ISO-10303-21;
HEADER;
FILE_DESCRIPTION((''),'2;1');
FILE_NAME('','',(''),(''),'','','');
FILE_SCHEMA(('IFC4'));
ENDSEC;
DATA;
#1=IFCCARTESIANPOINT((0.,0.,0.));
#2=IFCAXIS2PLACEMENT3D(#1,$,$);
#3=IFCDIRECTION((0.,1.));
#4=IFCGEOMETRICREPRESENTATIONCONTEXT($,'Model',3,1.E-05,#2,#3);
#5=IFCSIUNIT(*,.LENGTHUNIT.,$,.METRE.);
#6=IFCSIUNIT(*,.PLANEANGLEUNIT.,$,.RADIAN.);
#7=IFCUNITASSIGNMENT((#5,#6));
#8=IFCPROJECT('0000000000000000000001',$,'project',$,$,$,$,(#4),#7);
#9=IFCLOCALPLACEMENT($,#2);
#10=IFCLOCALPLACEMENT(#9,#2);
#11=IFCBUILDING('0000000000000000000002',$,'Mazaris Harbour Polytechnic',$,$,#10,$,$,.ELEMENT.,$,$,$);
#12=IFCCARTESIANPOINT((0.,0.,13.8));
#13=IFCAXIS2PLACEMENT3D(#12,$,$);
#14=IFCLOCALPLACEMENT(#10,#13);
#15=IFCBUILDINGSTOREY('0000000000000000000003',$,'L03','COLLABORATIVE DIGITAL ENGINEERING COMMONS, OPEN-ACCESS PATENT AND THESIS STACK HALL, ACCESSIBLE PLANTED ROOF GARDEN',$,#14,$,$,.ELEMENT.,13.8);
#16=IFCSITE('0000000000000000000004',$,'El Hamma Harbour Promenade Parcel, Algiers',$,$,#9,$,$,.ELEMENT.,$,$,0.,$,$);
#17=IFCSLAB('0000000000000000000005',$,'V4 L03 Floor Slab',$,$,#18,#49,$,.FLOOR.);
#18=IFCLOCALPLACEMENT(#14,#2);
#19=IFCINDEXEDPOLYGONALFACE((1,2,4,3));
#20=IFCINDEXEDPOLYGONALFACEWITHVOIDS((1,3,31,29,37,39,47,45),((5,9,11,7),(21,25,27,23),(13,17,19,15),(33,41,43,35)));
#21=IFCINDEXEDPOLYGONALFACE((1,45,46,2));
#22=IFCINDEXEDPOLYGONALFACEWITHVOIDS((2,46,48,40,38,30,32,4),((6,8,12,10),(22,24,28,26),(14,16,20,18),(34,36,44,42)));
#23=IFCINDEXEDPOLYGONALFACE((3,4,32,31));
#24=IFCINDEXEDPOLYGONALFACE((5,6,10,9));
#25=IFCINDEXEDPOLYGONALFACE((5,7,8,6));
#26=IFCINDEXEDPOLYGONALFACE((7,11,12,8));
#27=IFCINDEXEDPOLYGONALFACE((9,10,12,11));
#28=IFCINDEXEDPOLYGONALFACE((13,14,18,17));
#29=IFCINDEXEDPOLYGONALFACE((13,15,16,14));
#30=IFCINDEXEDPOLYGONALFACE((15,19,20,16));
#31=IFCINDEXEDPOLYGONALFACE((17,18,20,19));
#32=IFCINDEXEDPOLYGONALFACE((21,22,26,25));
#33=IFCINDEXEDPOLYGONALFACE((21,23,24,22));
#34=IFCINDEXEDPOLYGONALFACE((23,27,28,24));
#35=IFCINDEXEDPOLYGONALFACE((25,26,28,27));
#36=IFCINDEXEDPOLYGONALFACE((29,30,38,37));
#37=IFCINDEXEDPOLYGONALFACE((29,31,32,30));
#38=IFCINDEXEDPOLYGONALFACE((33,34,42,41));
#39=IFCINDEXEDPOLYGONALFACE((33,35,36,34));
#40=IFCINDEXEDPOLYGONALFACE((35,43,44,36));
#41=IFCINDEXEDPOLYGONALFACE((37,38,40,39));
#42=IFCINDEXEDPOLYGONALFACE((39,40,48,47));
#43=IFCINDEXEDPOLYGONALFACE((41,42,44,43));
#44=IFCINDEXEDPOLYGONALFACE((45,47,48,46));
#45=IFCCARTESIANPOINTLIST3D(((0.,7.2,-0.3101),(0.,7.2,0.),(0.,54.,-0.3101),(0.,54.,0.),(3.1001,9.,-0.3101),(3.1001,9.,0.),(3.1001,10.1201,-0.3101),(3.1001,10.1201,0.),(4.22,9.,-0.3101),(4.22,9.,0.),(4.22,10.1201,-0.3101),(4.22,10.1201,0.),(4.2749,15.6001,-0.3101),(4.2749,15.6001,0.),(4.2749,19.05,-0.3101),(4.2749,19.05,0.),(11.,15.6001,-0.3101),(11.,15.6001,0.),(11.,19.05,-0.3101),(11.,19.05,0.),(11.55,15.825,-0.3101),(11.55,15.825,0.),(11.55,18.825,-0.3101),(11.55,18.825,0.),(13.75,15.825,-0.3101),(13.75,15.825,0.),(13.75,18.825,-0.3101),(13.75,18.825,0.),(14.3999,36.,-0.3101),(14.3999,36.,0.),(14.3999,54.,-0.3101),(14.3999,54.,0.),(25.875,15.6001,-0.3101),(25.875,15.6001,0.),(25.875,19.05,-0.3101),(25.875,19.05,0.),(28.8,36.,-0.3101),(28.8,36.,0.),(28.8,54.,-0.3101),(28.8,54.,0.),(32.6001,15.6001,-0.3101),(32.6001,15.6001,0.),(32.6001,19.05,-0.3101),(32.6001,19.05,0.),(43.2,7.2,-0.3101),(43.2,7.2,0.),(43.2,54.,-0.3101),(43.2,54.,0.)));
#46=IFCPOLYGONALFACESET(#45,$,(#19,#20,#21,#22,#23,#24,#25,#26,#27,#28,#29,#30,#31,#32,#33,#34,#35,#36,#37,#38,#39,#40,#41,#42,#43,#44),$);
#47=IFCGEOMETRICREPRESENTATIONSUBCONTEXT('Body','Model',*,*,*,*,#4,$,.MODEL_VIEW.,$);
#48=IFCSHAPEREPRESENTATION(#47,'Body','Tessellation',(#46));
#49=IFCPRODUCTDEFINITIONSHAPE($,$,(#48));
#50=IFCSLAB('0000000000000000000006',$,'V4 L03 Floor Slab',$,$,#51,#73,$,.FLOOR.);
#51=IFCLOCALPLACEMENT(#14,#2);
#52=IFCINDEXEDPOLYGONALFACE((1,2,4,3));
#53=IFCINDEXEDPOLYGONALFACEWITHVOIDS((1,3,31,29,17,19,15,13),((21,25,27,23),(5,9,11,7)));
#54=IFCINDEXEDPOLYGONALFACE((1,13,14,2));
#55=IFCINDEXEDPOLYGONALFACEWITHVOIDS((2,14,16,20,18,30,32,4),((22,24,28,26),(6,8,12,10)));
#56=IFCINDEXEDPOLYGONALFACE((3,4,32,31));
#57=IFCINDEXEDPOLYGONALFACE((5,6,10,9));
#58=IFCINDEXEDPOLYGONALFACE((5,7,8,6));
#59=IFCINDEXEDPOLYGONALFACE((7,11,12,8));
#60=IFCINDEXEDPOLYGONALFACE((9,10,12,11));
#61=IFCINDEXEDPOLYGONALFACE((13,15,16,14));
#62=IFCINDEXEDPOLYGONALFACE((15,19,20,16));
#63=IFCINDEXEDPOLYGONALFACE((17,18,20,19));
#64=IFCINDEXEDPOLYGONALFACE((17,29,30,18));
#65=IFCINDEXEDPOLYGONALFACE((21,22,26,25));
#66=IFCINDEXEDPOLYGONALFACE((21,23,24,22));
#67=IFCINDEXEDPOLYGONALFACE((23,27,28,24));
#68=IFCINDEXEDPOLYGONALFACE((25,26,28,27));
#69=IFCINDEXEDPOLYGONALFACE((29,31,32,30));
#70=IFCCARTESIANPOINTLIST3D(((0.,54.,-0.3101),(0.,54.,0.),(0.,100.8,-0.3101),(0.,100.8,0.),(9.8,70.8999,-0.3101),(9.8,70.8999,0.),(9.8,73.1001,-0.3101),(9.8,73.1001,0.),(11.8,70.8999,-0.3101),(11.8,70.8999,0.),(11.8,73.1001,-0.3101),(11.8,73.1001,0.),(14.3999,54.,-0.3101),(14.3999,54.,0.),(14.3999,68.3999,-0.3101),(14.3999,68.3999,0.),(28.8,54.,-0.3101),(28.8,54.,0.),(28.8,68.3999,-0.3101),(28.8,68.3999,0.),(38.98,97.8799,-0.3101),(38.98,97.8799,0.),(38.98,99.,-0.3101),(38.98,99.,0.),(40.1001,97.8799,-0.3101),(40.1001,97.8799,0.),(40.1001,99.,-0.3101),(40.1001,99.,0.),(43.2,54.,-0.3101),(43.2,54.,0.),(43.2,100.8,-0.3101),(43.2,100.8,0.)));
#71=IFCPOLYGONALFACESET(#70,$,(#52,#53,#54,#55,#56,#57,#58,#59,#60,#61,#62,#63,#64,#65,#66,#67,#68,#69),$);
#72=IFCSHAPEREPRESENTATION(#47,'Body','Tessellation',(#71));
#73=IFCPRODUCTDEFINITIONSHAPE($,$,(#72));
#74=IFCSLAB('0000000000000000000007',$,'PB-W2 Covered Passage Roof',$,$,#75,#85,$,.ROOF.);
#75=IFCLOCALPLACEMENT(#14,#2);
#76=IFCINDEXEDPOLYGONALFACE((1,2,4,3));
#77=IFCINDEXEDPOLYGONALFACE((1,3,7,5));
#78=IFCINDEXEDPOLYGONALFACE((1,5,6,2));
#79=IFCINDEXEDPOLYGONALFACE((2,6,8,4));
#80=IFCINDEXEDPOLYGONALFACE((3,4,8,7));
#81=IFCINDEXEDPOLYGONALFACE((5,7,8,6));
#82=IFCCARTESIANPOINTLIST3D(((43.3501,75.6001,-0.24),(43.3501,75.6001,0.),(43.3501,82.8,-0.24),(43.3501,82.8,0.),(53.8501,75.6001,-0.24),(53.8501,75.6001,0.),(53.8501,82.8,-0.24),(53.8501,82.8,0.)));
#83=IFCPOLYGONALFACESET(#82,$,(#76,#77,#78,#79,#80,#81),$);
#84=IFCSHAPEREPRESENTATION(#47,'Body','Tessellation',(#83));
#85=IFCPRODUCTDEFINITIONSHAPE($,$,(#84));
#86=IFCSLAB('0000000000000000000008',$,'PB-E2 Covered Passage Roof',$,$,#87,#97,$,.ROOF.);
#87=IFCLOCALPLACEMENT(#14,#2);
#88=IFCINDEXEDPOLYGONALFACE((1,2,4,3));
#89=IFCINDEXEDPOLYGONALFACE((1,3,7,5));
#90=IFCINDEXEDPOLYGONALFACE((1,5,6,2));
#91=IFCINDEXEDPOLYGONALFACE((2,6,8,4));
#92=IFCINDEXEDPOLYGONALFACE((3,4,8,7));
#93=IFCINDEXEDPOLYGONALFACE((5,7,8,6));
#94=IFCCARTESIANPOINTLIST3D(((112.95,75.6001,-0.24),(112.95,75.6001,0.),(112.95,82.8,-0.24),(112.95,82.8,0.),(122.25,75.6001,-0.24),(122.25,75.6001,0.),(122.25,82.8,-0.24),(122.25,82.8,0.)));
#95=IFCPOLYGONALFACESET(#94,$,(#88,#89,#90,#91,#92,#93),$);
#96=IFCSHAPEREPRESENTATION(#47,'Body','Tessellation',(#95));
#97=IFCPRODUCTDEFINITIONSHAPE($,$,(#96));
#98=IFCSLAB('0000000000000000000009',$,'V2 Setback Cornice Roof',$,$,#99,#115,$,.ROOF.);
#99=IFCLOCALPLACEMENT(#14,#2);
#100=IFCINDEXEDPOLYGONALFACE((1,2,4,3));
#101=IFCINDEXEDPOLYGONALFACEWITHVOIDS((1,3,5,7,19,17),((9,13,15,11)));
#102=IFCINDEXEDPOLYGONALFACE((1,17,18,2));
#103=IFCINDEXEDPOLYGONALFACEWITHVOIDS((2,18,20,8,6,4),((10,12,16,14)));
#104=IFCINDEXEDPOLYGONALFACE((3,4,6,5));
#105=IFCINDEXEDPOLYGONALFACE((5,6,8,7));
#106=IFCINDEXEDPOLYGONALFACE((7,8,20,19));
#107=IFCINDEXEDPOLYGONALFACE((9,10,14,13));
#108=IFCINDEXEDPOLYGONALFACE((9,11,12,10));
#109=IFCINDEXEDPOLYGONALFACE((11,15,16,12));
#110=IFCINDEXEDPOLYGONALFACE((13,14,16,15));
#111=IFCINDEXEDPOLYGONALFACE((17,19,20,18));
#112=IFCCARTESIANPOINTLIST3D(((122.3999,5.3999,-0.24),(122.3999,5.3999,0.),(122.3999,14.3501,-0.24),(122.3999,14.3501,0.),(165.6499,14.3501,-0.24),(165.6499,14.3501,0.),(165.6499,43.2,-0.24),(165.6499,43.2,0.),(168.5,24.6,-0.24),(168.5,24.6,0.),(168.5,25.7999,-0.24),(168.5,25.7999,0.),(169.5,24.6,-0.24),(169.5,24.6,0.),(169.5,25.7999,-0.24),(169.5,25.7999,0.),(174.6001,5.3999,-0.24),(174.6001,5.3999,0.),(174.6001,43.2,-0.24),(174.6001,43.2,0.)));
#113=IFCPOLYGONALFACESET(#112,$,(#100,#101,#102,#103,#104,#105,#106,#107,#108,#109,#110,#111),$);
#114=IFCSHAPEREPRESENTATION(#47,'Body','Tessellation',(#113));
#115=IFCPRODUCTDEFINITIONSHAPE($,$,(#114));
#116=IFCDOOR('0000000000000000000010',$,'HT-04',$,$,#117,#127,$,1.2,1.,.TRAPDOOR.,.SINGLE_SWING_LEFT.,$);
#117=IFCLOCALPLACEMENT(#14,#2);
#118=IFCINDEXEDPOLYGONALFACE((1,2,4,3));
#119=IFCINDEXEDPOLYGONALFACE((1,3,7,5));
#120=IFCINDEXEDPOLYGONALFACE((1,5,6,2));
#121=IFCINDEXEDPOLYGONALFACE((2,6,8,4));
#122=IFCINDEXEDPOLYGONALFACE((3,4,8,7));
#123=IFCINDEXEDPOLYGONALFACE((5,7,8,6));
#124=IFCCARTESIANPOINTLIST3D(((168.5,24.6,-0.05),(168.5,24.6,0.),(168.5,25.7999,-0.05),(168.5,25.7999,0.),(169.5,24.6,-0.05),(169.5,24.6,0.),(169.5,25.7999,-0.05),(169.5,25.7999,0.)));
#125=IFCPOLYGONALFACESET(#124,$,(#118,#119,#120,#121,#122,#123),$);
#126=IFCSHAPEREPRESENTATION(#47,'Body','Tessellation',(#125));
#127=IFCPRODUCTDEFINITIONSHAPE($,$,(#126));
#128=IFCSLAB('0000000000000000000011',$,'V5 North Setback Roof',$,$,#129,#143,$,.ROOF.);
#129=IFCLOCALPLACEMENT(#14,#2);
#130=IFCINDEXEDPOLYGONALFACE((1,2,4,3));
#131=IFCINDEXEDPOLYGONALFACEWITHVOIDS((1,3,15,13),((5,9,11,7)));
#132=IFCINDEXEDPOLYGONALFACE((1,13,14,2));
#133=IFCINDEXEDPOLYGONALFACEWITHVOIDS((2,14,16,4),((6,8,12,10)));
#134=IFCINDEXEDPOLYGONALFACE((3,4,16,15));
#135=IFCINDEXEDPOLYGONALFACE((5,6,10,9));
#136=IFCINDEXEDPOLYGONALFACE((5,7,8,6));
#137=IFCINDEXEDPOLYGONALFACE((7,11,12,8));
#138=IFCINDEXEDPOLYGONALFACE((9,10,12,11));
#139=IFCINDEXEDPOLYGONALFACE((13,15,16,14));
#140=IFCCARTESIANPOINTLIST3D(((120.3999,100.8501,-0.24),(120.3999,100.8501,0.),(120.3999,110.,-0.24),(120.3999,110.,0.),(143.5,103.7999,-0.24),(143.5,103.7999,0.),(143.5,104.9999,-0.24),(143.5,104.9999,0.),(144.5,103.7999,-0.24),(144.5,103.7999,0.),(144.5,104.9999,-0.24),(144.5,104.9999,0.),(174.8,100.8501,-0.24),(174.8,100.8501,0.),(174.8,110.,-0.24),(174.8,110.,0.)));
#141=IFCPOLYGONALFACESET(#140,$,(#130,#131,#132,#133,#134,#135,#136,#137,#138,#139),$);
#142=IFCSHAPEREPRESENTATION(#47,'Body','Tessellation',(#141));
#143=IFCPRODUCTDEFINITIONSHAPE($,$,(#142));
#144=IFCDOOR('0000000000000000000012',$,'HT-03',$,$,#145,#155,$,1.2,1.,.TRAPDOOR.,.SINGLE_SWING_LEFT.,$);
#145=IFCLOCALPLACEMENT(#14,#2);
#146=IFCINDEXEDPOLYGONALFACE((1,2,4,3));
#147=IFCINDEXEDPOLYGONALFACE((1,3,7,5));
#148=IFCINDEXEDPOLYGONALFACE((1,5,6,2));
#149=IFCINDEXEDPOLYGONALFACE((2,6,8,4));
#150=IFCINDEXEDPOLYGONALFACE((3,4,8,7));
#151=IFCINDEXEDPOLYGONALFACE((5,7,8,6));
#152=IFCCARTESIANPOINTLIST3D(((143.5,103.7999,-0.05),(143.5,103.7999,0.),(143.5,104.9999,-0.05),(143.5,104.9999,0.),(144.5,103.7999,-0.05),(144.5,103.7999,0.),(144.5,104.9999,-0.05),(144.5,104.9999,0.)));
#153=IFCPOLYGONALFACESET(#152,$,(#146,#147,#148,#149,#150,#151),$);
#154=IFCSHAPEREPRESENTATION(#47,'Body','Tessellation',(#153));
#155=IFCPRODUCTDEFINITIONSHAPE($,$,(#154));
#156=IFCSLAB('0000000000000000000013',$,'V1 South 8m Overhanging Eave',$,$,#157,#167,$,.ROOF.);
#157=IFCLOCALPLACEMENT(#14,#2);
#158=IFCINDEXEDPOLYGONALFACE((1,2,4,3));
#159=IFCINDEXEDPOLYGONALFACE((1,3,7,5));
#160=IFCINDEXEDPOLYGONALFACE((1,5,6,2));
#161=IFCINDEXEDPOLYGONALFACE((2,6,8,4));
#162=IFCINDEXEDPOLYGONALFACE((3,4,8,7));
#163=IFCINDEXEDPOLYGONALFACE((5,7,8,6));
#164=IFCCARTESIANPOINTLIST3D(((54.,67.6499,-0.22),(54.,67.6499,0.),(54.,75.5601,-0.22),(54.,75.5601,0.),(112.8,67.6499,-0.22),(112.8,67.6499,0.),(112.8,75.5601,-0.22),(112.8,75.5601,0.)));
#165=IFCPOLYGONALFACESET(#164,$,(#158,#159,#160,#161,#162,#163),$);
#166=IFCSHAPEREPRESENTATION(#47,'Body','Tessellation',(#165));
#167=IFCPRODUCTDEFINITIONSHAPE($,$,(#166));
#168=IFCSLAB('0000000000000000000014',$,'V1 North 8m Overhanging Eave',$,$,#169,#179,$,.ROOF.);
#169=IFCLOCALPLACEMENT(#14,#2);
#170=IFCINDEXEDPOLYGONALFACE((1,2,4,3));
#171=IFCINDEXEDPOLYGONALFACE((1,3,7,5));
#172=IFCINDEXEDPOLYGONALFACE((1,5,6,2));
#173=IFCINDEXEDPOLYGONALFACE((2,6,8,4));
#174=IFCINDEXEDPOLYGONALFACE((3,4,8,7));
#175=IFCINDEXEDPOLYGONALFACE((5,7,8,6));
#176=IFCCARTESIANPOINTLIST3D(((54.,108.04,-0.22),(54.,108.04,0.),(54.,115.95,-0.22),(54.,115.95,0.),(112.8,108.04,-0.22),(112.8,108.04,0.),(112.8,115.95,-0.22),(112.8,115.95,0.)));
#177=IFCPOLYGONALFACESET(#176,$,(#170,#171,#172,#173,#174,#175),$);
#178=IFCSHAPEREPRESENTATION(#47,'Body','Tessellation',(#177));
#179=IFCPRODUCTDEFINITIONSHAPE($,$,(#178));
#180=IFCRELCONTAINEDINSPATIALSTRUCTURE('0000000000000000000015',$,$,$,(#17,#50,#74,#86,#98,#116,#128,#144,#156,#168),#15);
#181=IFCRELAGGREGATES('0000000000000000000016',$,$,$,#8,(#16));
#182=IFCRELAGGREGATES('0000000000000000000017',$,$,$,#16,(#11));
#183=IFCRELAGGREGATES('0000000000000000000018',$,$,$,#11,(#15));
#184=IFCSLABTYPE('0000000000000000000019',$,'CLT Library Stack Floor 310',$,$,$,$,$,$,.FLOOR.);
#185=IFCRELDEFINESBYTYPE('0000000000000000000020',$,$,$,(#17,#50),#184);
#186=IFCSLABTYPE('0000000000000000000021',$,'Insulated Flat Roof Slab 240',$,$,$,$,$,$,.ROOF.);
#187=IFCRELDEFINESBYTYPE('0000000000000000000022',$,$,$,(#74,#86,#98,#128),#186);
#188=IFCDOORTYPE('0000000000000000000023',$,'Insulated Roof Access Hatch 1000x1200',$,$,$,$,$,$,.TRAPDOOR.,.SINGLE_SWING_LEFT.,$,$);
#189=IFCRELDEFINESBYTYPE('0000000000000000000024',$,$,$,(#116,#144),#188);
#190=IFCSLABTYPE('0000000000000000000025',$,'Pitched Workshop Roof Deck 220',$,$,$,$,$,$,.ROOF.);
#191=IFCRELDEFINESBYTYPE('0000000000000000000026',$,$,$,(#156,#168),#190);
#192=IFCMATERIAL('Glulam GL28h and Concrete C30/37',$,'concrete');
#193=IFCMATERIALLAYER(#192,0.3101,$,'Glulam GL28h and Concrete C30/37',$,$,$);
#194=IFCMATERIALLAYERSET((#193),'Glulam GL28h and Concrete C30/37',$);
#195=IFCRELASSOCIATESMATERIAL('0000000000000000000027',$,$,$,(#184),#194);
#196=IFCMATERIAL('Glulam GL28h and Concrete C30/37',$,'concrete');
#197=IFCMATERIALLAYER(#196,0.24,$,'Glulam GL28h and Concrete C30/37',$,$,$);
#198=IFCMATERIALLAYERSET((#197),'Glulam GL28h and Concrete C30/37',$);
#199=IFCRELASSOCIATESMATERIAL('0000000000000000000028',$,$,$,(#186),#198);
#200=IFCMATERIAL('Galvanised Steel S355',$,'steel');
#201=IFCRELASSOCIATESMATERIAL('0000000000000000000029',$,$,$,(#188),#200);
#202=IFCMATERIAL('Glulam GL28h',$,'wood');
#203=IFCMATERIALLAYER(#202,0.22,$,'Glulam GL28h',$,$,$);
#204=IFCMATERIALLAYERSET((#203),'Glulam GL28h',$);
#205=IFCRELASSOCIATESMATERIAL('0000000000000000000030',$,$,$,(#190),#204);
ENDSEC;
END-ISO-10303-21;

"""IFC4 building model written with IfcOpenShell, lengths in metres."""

from ifc_helpers import new_model, si_unit, direction, frame, origin, origin_2d, place, context, subcontext, project, spatial, polyline, rectangle, outline, extrude, material, layer, layer_set, type_object, element, fill, save


model = new_model("IFC4")

# Units and contexts
model_context = context("Model", 3, precision=1e-05, world=origin(), true_north=direction((0.0, 1.0)))
body_context = subcontext(model_context, "Body", "Model", "MODEL_VIEW")
ifc_project = project(units=[si_unit("LENGTHUNIT", "METRE"), si_unit("PLANEANGLEUNIT", "RADIAN")], contexts=[model_context])

# Site, building, storey
site_placement = place(None, origin())
site = spatial("IfcSite", under=ifc_project, at=site_placement, Name="El Hamma Harbour Promenade Parcel, Algiers", CompositionType="ELEMENT", RefElevation=0.0)
building_placement = place(site_placement, origin())
building = spatial("IfcBuilding", under=site, at=building_placement, Name="Mazaris Harbour Polytechnic", CompositionType="ELEMENT")
storey_placement = place(building_placement, frame((0.0, 0.0, 13.8)))
storey = spatial("IfcBuildingStorey", under=building, at=storey_placement, Name="L03", Description="COLLABORATIVE DIGITAL ENGINEERING COMMONS, OPEN-ACCESS PATENT AND THESIS STACK HALL, ACCESSIBLE PLANTED ROOF GARDEN", CompositionType="ELEMENT", Elevation=13.8)

# Slabs
ifc_material_1 = material(Name="Glulam GL28h and Concrete C30/37", Category="concrete")
ifc_layer_1 = layer(ifc_material_1, 0.3101, Name="Glulam GL28h and Concrete C30/37")
ifc_layer_set_1 = layer_set([ifc_layer_1], Name="Glulam GL28h and Concrete C30/37")
slab_type_1 = type_object("IfcSlabType", Name="CLT Library Stack Floor 310", PredefinedType="FLOOR", material=ifc_layer_set_1)
slab_1_placement = place(storey_placement, frame((0.0, 0.0, -0.3101)))
element("IfcSlab", 1, at=slab_1_placement, inside=storey, type_object=slab_type_1, Name="V4 L03 Floor Slab", PredefinedType="FLOOR", context=body_context, shape_type="SweptSolid", body=[
    extrude(outline(polyline([(43.2, 7.2), (0.0, 7.2), (0.0, 54.0), (14.3999, 54.0), (14.3999, 36.0), (28.8, 36.0), (28.8, 54.0), (43.2, 54.0), (43.2, 7.2)]), holes=[polyline([(4.2749, 15.6001), (11.0, 15.6001), (11.0, 19.05), (4.2749, 19.05), (4.2749, 15.6001)]), polyline([(25.875, 19.05), (25.875, 15.6001), (32.6001, 15.6001), (32.6001, 19.05), (25.875, 19.05)]), polyline([(13.75, 18.825), (11.55, 18.825), (11.55, 15.825), (13.75, 15.825), (13.75, 18.825)]), polyline([(3.1001, 9.0), (4.22, 9.0), (4.22, 10.1201), (3.1001, 10.1201), (3.1001, 9.0)])]), origin(), (0.0, 0.0, 1.0), 0.3101),
])
slab_2_placement = place(storey_placement, frame((0.0, 0.0, -0.3101)))
element("IfcSlab", 2, at=slab_2_placement, inside=storey, type_object=slab_type_1, Name="V4 L03 Floor Slab", PredefinedType="FLOOR", context=body_context, shape_type="SweptSolid", body=[
    extrude(outline(polyline([(43.2, 54.0), (28.8, 54.0), (28.8, 68.3999), (14.3999, 68.3999), (14.3999, 54.0), (0.0, 54.0), (0.0, 100.8), (43.2, 100.8), (43.2, 54.0)]), holes=[polyline([(11.8, 70.8999), (11.8, 73.1001), (9.8, 73.1001), (9.8, 70.8999), (11.8, 70.8999)]), polyline([(38.98, 99.0), (38.98, 97.8799), (40.1001, 97.8799), (40.1001, 99.0), (38.98, 99.0)])]), origin(), (0.0, 0.0, 1.0), 0.3101),
])
ifc_material_2 = material(Name="Glulam GL28h and Concrete C30/37", Category="concrete")
ifc_layer_2 = layer(ifc_material_2, 0.24, Name="Glulam GL28h and Concrete C30/37")
ifc_layer_set_2 = layer_set([ifc_layer_2], Name="Glulam GL28h and Concrete C30/37")
slab_type_2 = type_object("IfcSlabType", Name="Insulated Flat Roof Slab 240", PredefinedType="ROOF", material=ifc_layer_set_2)
slab_3_placement = place(storey_placement, frame((0.0, 0.0, -0.24)))
element("IfcSlab", 3, at=slab_3_placement, inside=storey, type_object=slab_type_2, Name="PB-W2 Covered Passage Roof", PredefinedType="ROOF", context=body_context, shape_type="SweptSolid", body=[
    extrude(outline(polyline([(53.8501, 75.6001), (53.8501, 82.8), (43.3501, 82.8), (43.3501, 75.6001), (53.8501, 75.6001)])), origin(), (0.0, 0.0, 1.0), 0.24),
])
slab_4_placement = place(storey_placement, frame((0.0, 0.0, -0.24)))
element("IfcSlab", 4, at=slab_4_placement, inside=storey, type_object=slab_type_2, Name="PB-E2 Covered Passage Roof", PredefinedType="ROOF", context=body_context, shape_type="SweptSolid", body=[
    extrude(outline(polyline([(122.25, 75.6001), (122.25, 82.8), (112.95, 82.8), (112.95, 75.6001), (122.25, 75.6001)])), origin(), (0.0, 0.0, 1.0), 0.24),
])

# Slabs, openings, doors
slab_5_placement = place(storey_placement, frame((0.0, 0.0, -0.24)))
slab_5 = element("IfcSlab", 5, at=slab_5_placement, inside=storey, type_object=slab_type_2, Name="V2 Setback Cornice Roof", PredefinedType="ROOF", context=body_context, shape_type="SweptSolid", body=[
    extrude(outline(polyline([(174.6001, 43.2), (174.6001, 5.3999), (122.3999, 5.3999), (122.3999, 14.3501), (165.6499, 14.3501), (165.6499, 43.2), (174.6001, 43.2)])), origin(), (0.0, 0.0, 1.0), 0.24),
])
opening_1_placement = place(slab_5_placement, frame((169.0, 25.2, 0.0)))
opening_1 = element("IfcOpeningElement", 6, at=opening_1_placement, cuts=slab_5, PredefinedType="OPENING", context=body_context, shape_type="SweptSolid", body=[
    extrude(rectangle(XDim=1.0, YDim=1.2, at=origin_2d()), origin(), (0.0, 0.0, 1.0), 0.24),
])
ifc_material_3 = material(Name="Galvanised Steel S355", Category="steel")
door_type = type_object("IfcDoorType", Name="Insulated Roof Access Hatch 1000x1200", OperationType="SINGLE_SWING_LEFT", PredefinedType="TRAPDOOR", material=ifc_material_3)
door_1_placement = place(opening_1_placement, frame((0.0, 0.0, 0.1899)))
door_1 = element("IfcDoor", 7, at=door_1_placement, inside=storey, type_object=door_type, Name="HT-04", OperationType="SINGLE_SWING_LEFT", OverallHeight=1.2, OverallWidth=1.0, PredefinedType="TRAPDOOR", context=body_context, shape_type="SweptSolid", body=[
    extrude(rectangle(XDim=1.0, YDim=1.2, at=origin_2d()), origin(), (0.0, 0.0, 1.0), 0.05),
])
fill(opening_1, door_1)
slab_6_placement = place(storey_placement, frame((0.0, 0.0, -0.24)))
slab_6 = element("IfcSlab", 8, at=slab_6_placement, inside=storey, type_object=slab_type_2, Name="V5 North Setback Roof", PredefinedType="ROOF", context=body_context, shape_type="SweptSolid", body=[
    extrude(outline(polyline([(174.8, 100.8501), (174.8, 110.0), (120.3999, 110.0), (120.3999, 100.8501), (174.8, 100.8501)])), origin(), (0.0, 0.0, 1.0), 0.24),
])
opening_2_placement = place(slab_6_placement, frame((144.0, 104.3999, 0.0)))
opening_2 = element("IfcOpeningElement", 9, at=opening_2_placement, cuts=slab_6, PredefinedType="OPENING", context=body_context, shape_type="SweptSolid", body=[
    extrude(rectangle(XDim=1.0, YDim=1.2, at=origin_2d()), origin(), (0.0, 0.0, 1.0), 0.24),
])
door_2_placement = place(opening_2_placement, frame((0.0, 0.0, 0.1899)))
door_2 = element("IfcDoor", 10, at=door_2_placement, inside=storey, type_object=door_type, Name="HT-03", OperationType="SINGLE_SWING_LEFT", OverallHeight=1.2, OverallWidth=1.0, PredefinedType="TRAPDOOR", context=body_context, shape_type="SweptSolid", body=[
    extrude(rectangle(XDim=1.0, YDim=1.2, at=origin_2d()), origin(), (0.0, 0.0, 1.0), 0.05),
])
fill(opening_2, door_2)

# Slabs
ifc_material_4 = material(Name="Glulam GL28h", Category="wood")
ifc_layer_3 = layer(ifc_material_4, 0.22, Name="Glulam GL28h")
ifc_layer_set_3 = layer_set([ifc_layer_3], Name="Glulam GL28h")
slab_type_3 = type_object("IfcSlabType", Name="Pitched Workshop Roof Deck 220", PredefinedType="ROOF", material=ifc_layer_set_3)
slab_7_placement = place(storey_placement, frame((0.0, 0.0, -0.22)))
element("IfcSlab", 11, at=slab_7_placement, inside=storey, type_object=slab_type_3, Name="V1 South 8m Overhanging Eave", PredefinedType="ROOF", context=body_context, shape_type="SweptSolid", body=[
    extrude(outline(polyline([(112.8, 67.6499), (112.8, 75.5601), (54.0, 75.5601), (54.0, 67.6499), (112.8, 67.6499)])), origin(), (0.0, 0.0, 1.0), 0.22),
])
slab_8_placement = place(storey_placement, frame((0.0, 0.0, -0.22)))
element("IfcSlab", 12, at=slab_8_placement, inside=storey, type_object=slab_type_3, Name="V1 North 8m Overhanging Eave", PredefinedType="ROOF", context=body_context, shape_type="SweptSolid", body=[
    extrude(outline(polyline([(112.8, 108.04), (112.8, 115.95), (54.0, 115.95), (54.0, 108.04), (112.8, 108.04)])), origin(), (0.0, 0.0, 1.0), 0.22),
])

save(model, "model.ifc")
